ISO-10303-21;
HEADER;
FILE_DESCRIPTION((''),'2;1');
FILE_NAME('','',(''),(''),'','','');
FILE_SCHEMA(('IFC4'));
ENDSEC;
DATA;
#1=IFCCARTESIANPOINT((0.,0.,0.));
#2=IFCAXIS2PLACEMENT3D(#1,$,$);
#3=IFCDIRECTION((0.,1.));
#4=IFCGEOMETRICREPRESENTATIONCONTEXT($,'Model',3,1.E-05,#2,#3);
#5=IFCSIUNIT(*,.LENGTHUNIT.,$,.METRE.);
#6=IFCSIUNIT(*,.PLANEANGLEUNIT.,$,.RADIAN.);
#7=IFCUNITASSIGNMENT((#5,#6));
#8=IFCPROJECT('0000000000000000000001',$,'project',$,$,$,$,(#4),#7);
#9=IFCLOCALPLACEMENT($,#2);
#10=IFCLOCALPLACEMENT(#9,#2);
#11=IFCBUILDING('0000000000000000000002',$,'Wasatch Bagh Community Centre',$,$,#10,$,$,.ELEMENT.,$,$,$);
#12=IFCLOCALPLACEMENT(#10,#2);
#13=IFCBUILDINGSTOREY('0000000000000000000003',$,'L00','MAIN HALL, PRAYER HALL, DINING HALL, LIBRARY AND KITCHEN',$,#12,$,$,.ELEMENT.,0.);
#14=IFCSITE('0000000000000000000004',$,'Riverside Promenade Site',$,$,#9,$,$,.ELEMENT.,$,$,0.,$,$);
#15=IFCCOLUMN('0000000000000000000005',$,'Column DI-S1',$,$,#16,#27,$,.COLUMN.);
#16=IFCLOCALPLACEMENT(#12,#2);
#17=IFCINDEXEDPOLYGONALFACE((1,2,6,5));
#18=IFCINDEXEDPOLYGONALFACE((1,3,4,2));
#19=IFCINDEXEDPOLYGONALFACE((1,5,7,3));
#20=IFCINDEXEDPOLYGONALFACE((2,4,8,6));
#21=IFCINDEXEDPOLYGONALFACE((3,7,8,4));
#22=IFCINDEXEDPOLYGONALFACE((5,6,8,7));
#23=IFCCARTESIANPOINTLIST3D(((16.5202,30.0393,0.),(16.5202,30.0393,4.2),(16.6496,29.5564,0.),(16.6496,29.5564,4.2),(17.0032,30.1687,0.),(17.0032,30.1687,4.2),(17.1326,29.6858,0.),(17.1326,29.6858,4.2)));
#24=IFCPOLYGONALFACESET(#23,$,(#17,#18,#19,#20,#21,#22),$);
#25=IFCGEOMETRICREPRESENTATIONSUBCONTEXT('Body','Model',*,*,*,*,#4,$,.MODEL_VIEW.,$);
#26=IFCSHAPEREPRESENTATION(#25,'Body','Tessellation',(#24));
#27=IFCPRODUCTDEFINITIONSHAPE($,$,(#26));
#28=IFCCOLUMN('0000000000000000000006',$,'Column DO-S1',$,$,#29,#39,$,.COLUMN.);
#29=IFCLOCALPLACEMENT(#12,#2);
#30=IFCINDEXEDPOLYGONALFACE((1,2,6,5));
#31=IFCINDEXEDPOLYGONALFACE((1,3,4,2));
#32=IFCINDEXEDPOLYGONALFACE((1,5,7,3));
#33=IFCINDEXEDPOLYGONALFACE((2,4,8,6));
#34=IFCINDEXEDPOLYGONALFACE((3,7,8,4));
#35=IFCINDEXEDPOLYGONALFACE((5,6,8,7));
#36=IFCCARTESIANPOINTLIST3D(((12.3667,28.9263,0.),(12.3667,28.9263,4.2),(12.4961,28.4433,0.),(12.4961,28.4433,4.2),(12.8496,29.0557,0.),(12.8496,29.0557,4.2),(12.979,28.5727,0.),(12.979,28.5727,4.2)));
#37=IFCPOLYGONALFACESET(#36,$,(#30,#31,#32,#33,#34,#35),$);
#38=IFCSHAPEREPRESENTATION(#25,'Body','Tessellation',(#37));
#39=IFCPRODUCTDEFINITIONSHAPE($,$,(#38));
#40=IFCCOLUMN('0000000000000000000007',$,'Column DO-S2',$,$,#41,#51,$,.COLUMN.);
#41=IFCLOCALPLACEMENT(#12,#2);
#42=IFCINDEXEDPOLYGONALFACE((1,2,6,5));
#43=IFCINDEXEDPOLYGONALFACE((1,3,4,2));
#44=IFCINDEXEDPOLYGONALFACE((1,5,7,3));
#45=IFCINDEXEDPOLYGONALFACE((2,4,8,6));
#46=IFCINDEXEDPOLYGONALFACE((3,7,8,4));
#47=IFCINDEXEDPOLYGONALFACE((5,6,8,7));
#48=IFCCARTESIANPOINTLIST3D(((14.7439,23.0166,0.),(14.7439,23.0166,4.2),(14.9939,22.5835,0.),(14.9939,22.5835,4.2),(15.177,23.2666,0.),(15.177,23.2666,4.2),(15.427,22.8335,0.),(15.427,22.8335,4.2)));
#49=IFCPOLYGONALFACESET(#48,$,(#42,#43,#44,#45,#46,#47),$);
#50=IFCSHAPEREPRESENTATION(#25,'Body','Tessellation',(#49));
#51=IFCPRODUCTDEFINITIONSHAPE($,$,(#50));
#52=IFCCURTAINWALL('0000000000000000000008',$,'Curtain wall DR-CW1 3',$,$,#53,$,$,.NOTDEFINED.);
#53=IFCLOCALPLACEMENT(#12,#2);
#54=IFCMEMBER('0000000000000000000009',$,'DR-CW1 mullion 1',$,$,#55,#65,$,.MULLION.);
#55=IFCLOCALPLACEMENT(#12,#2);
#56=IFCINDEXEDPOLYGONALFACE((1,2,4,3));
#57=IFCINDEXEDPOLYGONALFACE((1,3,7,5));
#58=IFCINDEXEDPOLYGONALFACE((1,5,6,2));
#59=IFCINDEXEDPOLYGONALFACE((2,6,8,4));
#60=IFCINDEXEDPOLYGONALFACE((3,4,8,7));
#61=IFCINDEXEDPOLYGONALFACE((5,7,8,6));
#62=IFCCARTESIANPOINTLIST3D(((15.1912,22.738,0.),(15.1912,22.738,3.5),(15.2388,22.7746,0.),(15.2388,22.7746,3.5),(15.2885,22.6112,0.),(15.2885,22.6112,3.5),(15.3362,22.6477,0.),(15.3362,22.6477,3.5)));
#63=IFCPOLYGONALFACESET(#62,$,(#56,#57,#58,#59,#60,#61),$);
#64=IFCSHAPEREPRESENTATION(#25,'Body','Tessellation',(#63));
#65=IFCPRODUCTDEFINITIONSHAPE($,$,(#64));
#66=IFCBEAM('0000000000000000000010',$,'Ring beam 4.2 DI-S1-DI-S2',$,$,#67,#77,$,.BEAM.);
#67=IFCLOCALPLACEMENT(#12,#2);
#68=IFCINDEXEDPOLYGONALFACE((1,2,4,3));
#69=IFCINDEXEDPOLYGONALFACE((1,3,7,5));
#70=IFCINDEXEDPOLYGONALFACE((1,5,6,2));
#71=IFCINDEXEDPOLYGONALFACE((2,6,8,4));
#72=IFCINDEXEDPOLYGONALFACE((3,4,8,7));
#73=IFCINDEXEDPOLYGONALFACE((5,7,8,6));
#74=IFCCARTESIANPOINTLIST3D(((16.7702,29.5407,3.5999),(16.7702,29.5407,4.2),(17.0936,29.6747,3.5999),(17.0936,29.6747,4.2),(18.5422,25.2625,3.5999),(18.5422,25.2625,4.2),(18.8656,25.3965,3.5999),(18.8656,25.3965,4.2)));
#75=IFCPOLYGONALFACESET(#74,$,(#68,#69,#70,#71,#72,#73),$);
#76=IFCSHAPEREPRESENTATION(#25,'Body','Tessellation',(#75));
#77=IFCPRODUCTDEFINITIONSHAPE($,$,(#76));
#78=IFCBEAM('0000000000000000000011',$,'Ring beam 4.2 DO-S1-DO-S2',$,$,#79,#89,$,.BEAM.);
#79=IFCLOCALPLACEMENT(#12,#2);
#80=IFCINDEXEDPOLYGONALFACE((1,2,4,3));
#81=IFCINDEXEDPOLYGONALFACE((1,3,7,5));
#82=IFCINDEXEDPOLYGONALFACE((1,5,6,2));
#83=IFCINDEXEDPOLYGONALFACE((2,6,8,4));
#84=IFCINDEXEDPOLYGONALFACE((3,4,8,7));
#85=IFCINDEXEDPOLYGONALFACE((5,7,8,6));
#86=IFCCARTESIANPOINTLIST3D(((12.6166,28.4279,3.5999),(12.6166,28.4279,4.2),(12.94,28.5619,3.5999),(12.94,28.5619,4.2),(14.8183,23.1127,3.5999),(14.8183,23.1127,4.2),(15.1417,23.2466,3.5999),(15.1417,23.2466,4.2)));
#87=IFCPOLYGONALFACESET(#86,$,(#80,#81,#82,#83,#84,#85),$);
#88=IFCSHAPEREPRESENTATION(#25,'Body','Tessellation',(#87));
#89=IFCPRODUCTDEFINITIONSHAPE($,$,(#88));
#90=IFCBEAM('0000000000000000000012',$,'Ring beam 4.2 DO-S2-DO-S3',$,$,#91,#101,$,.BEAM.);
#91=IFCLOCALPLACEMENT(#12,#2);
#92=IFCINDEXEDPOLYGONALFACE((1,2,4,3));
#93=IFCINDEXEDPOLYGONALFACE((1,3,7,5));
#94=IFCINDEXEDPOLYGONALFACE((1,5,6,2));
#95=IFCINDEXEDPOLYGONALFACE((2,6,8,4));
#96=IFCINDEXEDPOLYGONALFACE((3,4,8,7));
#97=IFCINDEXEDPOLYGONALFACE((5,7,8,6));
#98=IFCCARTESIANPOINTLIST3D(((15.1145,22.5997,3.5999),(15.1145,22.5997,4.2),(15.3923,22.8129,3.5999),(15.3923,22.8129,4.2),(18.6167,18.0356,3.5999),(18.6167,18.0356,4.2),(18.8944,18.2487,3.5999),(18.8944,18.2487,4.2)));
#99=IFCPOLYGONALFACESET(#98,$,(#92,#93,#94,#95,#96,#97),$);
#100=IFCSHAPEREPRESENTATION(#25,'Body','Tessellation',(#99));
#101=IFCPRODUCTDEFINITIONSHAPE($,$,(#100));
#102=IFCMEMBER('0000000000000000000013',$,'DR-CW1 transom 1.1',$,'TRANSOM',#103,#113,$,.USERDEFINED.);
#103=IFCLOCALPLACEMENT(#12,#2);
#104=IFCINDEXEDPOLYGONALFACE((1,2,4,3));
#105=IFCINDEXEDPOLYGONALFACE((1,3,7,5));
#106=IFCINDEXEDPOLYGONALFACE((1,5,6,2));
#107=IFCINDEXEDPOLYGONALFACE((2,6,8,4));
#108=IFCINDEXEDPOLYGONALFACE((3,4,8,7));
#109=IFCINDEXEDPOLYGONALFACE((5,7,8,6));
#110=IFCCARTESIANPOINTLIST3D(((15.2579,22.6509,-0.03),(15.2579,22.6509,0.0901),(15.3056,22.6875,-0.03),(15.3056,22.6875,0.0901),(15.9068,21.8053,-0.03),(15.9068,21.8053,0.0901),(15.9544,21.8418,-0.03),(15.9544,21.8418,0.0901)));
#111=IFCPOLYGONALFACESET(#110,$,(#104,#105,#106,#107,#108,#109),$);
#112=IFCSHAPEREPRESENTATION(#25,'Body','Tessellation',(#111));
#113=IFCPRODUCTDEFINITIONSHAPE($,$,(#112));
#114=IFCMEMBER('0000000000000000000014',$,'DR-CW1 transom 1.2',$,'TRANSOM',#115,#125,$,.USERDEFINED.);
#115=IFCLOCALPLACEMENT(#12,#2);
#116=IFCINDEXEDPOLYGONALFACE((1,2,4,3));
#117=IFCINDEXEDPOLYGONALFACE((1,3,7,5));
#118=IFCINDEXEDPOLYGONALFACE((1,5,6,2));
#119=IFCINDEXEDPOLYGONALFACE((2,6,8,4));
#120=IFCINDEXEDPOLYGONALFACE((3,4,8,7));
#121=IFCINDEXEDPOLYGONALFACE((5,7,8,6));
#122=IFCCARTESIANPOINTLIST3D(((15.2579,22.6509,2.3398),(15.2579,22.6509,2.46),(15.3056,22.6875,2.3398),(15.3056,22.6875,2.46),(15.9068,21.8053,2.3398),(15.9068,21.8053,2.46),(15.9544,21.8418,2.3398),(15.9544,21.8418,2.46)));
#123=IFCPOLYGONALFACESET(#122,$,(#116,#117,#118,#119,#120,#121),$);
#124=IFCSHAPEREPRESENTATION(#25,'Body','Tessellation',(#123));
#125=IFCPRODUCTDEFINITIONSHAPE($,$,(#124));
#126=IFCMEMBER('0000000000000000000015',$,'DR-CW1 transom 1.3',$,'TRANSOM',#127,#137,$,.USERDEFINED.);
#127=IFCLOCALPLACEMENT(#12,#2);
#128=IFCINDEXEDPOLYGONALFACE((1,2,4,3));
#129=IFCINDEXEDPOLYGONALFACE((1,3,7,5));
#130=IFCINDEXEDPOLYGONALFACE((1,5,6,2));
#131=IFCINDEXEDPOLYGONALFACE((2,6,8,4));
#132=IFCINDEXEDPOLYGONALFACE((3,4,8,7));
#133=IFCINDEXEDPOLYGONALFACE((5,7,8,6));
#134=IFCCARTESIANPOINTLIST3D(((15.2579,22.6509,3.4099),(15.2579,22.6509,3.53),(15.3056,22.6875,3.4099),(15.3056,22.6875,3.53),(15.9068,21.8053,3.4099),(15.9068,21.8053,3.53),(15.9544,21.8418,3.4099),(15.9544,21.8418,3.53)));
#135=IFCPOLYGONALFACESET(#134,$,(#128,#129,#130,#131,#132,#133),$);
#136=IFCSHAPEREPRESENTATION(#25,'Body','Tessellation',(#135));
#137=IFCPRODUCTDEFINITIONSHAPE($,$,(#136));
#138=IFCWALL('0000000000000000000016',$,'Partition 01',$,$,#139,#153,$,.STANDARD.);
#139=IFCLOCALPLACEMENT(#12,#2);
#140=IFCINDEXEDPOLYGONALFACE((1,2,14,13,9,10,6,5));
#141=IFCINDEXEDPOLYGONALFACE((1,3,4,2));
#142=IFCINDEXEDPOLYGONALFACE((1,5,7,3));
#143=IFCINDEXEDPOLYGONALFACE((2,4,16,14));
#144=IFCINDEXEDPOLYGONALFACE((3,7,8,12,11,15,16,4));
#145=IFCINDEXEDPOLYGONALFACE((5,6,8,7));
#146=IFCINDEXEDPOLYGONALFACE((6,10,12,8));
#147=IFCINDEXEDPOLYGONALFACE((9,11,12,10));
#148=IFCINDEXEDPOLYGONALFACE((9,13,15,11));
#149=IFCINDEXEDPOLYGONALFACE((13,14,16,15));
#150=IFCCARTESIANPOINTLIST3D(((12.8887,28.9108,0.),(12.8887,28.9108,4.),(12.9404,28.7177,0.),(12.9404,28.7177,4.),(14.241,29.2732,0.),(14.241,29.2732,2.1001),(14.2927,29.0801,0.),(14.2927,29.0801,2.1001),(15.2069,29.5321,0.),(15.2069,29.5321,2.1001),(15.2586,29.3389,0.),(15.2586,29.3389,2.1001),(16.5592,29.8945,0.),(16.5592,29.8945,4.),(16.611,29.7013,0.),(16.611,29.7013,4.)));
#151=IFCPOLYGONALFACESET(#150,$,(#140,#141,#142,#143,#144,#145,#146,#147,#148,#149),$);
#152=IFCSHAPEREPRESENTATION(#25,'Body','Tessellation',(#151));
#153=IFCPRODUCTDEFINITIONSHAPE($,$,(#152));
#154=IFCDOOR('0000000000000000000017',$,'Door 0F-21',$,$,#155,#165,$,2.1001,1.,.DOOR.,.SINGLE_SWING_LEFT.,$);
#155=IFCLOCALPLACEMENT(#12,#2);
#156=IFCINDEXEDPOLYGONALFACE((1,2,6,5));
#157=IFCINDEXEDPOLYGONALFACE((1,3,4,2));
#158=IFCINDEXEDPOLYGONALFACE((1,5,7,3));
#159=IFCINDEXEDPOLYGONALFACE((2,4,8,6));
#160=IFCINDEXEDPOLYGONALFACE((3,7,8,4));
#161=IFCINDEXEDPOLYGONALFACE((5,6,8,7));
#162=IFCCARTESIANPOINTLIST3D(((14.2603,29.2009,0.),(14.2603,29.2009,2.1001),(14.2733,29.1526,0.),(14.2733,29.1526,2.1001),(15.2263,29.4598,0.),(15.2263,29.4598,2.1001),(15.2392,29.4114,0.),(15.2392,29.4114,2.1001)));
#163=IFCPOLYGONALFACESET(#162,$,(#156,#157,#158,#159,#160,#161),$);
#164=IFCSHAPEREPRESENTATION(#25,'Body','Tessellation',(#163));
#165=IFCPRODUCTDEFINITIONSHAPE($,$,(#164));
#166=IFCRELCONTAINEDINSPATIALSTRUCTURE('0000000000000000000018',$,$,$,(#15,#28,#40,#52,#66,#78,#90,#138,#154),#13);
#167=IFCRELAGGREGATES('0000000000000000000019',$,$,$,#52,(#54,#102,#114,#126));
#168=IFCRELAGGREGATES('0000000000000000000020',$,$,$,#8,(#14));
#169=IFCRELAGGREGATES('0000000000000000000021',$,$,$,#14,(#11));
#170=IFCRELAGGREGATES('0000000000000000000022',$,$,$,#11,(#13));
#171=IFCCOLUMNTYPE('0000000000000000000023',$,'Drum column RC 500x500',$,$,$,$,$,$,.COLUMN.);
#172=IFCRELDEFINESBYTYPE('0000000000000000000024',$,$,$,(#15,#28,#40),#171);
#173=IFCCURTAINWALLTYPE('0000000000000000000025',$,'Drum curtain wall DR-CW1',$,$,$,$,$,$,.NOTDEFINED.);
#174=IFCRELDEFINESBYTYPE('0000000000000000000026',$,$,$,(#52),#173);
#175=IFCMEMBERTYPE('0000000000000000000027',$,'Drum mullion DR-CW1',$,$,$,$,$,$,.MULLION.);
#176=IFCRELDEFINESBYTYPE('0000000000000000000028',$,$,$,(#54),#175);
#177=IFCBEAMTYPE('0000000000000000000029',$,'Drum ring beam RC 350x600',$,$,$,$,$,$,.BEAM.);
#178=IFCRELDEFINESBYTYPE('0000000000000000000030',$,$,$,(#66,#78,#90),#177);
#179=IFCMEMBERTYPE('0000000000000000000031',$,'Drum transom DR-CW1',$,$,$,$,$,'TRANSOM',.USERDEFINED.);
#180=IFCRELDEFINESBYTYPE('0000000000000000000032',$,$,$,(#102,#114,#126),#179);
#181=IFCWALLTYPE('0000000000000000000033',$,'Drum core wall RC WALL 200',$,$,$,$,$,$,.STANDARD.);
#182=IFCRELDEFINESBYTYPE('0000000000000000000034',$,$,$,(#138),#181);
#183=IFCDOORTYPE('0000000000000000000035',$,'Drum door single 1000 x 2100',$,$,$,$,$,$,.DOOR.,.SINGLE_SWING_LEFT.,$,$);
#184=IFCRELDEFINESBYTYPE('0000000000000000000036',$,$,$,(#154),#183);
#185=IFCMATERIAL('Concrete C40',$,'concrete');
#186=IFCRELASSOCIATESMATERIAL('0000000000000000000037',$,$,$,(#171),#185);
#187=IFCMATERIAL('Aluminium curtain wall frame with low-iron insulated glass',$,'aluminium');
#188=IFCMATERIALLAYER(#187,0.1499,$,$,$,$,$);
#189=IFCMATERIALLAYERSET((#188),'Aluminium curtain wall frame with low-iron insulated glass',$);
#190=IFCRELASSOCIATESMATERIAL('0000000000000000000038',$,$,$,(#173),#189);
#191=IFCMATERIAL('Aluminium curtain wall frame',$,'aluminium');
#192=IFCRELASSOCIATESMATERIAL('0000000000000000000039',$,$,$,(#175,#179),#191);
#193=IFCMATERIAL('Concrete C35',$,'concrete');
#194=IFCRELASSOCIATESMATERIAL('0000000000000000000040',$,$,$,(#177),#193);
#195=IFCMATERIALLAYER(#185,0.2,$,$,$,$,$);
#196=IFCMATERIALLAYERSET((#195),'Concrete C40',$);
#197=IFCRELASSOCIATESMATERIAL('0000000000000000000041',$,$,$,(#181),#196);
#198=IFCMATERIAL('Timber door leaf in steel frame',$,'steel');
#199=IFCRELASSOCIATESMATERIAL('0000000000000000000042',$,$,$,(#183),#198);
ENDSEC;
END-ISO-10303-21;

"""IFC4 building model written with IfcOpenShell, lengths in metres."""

from ifc_helpers import new_model, si_unit, direction, frame, frame_2d, origin, origin_2d, place, context, subcontext, project, spatial, rectangle, extrude, material, layer, layer_set, material_profile, profile_set, type_object, element, fill, aggregate, save


model = new_model("IFC4")

# Units and contexts
model_context = context("Model", 3, precision=1e-05, world=origin(), true_north=direction((0.0, 1.0)))
body_context = subcontext(model_context, "Body", "Model", "MODEL_VIEW")
ifc_project = project(units=[si_unit("LENGTHUNIT", "METRE"), si_unit("PLANEANGLEUNIT", "RADIAN")], contexts=[model_context])

# Site, building, storey
site_placement = place(None, origin())
site = spatial("IfcSite", under=ifc_project, at=site_placement, Name="Riverside Promenade Site", CompositionType="ELEMENT", RefElevation=0.0)
building_placement = place(site_placement, origin())
building = spatial("IfcBuilding", under=site, at=building_placement, Name="Wasatch Bagh Community Centre", CompositionType="ELEMENT")
storey_placement = place(building_placement, origin())
storey = spatial("IfcBuildingStorey", under=building, at=storey_placement, Name="L00", Description="MAIN HALL, PRAYER HALL, DINING HALL, LIBRARY AND KITCHEN", CompositionType="ELEMENT", Elevation=0.0)

# Shared definitions
ifc_material_1 = material(Name="Concrete C35", Category="concrete")

# Columns
ifc_material_2 = material(Name="Concrete C40", Category="concrete")
ifc_material_profile_1 = material_profile(ifc_material_2, rectangle(XDim=0.5, YDim=0.5, at=origin_2d()), Name="RC 500x500")
ifc_profile_set_1 = profile_set([ifc_material_profile_1], Name="Concrete C40")
column_type = type_object("IfcColumnType", Name="Drum column RC 500x500", PredefinedType="COLUMN", material=ifc_profile_set_1)
for number, where, z_axis, x_axis, name in (
    (1, (16.8264, 29.8625, 0.0), (0.0, 0.0, 1.0), (0.965926, 0.258819, 0.0), "Column DI-S1"),
    (2, (12.6729, 28.7495, 0.0), (0.0, 0.0, 1.0), (0.965926, 0.258819, 0.0), "Column DO-S1"),
    (3, (15.0854, 22.925, 0.0), (0.0, 0.0, 1.0), (0.866025, 0.5, 0.0), "Column DO-S2"),
):
    element("IfcColumn", number, at=place(storey_placement, frame(where, z_axis=z_axis, x_axis=x_axis)), inside=storey, type_object=column_type, Name=name, PredefinedType="COLUMN", context=body_context, shape_type="SweptSolid", body=[
        extrude(rectangle(XDim=0.5, YDim=0.5, at=origin_2d()), origin(), (0.0, 0.0, 1.0), 4.2),
    ])

# Curtain wall, member
ifc_material_3 = material(Name="Aluminium curtain wall frame with low-iron insulated glass", Category="aluminium")
ifc_layer_1 = layer(ifc_material_3, 0.1499)
ifc_layer_set_1 = layer_set([ifc_layer_1], Name="Aluminium curtain wall frame with low-iron insulated glass")
curtain_wall_type = type_object("IfcCurtainWallType", Name="Drum curtain wall DR-CW1", PredefinedType="NOTDEFINED", material=ifc_layer_set_1)
curtain_wall_placement = place(storey_placement, origin())
curtain_wall = element("IfcCurtainWall", 4, at=curtain_wall_placement, inside=storey, type_object=curtain_wall_type, Name="Curtain wall DR-CW1 3", PredefinedType="NOTDEFINED")
ifc_material_4 = material(Name="Aluminium curtain wall frame", Category="aluminium")
ifc_material_profile_2 = material_profile(ifc_material_4, rectangle(XDim=0.0601, YDim=0.1599, at=origin_2d()), Name="Drum mullion DR-CW1")
ifc_profile_set_2 = profile_set([ifc_material_profile_2], Name="Aluminium curtain wall frame")
member_type_1 = type_object("IfcMemberType", Name="Drum mullion DR-CW1", PredefinedType="MULLION", material=ifc_profile_set_2)
member_1_placement = place(storey_placement, frame((15.2637, 22.6929, 0.0), z_axis=(0.0, 0.0, 1.0), x_axis=(0.793353, 0.608761, 0.0)))
member_1 = element("IfcMember", 5, at=member_1_placement, type_object=member_type_1, Name="DR-CW1 mullion 1", PredefinedType="MULLION", context=body_context, shape_type="SweptSolid", body=[
    extrude(rectangle(XDim=0.0601, YDim=0.1599, at=origin_2d()), origin(), (0.0, 0.0, 1.0), 3.5),
])

# Beams
ifc_material_profile_3 = material_profile(ifc_material_1, rectangle(XDim=0.3501, YDim=0.6001, at=origin_2d()), Name="RC 350x600")
ifc_profile_set_3 = profile_set([ifc_material_profile_3], Name="Concrete C35")
beam_type = type_object("IfcBeamType", Name="Drum ring beam RC 350x600", PredefinedType="BEAM", material=ifc_profile_set_3)
beam_1_placement = place(storey_placement, frame((16.9319, 29.6077, 3.8999), z_axis=(0.382672, -0.923884, 0.0), x_axis=(0.923884, 0.382672, 0.0)))
element("IfcBeam", 6, at=beam_1_placement, inside=storey, type_object=beam_type, Name="Ring beam 4.2 DI-S1-DI-S2", PredefinedType="BEAM", context=body_context, shape_type="SweptSolid", body=[
    extrude(rectangle(XDim=0.3501, YDim=0.6001, at=origin_2d()), origin(), (0.0, 0.0, 1.0), 4.6306),
])
beam_2_placement = place(storey_placement, frame((12.7783, 28.4949, 3.8999), z_axis=(0.382689, -0.923877, 0.0), x_axis=(0.923877, 0.382689, 0.0)))
element("IfcBeam", 7, at=beam_2_placement, inside=storey, type_object=beam_type, Name="Ring beam 4.2 DO-S1-DO-S2", PredefinedType="BEAM", context=body_context, shape_type="SweptSolid", body=[
    extrude(rectangle(XDim=0.3501, YDim=0.6001, at=origin_2d()), origin(), (0.0, 0.0, 1.0), 5.7532),
])
beam_3_placement = place(storey_placement, frame((15.2534, 22.7063, 3.8999), z_axis=(0.608757, -0.793357, 0.0), x_axis=(0.793357, 0.608757, 0.0)))
element("IfcBeam", 8, at=beam_3_placement, inside=storey, type_object=beam_type, Name="Ring beam 4.2 DO-S2-DO-S3", PredefinedType="BEAM", context=body_context, shape_type="SweptSolid", body=[
    extrude(rectangle(XDim=0.3501, YDim=0.6001, at=origin_2d()), origin(), (0.0, 0.0, 1.0), 5.7529),
])

# Members
ifc_material_profile_4 = material_profile(ifc_material_4, rectangle(XDim=0.0601, YDim=0.1201, at=origin_2d()), Name="Drum transom DR-CW1")
ifc_profile_set_4 = profile_set([ifc_material_profile_4], Name="Aluminium curtain wall frame")
member_type_2 = type_object("IfcMemberType", Name="Drum transom DR-CW1", ElementType="TRANSOM", PredefinedType="USERDEFINED", material=ifc_profile_set_4)
member_2_placement = place(storey_placement, frame((15.2817, 22.6692, 0.03), z_axis=(0.608758, -0.793356, 0.0), x_axis=(0.793356, 0.608758, 0.0)))
member_2 = element("IfcMember", 9, at=member_2_placement, type_object=member_type_2, Name="DR-CW1 transom 1.1", ObjectType="TRANSOM", PredefinedType="USERDEFINED", context=body_context, shape_type="SweptSolid", body=[
    extrude(rectangle(XDim=0.0601, YDim=0.1201, at=origin_2d()), origin(), (0.0, 0.0, 1.0), 1.0659),
])
member_3_placement = place(storey_placement, frame((15.2817, 22.6692, 2.3999), z_axis=(0.608758, -0.793356, 0.0), x_axis=(0.793356, 0.608758, 0.0)))
member_3 = element("IfcMember", 10, at=member_3_placement, type_object=member_type_2, Name="DR-CW1 transom 1.2", ObjectType="TRANSOM", PredefinedType="USERDEFINED", context=body_context, shape_type="SweptSolid", body=[
    extrude(rectangle(XDim=0.0601, YDim=0.1201, at=origin_2d()), origin(), (0.0, 0.0, 1.0), 1.0659),
])
member_4_placement = place(storey_placement, frame((15.2817, 22.6692, 3.47), z_axis=(0.608758, -0.793356, 0.0), x_axis=(0.793356, 0.608758, 0.0)))
member_4 = element("IfcMember", 11, at=member_4_placement, type_object=member_type_2, Name="DR-CW1 transom 1.3", ObjectType="TRANSOM", PredefinedType="USERDEFINED", context=body_context, shape_type="SweptSolid", body=[
    extrude(rectangle(XDim=0.0601, YDim=0.1201, at=origin_2d()), origin(), (0.0, 0.0, 1.0), 1.0659),
])
aggregate(curtain_wall, [member_1, member_2, member_3, member_4])

# Wall, opening, door
ifc_layer_2 = layer(ifc_material_2, 0.2)
ifc_layer_set_2 = layer_set([ifc_layer_2], Name="Concrete C40")
wall_type_1 = type_object("IfcWallType", Name="Drum core wall RC WALL 200", PredefinedType="STANDARD", material=ifc_layer_set_2)
wall_1_placement = place(storey_placement, frame((16.585, 29.7979, 0.0), z_axis=(0.0, 0.0, 1.0), x_axis=(-0.96592, -0.258842, 0.0)))
wall_1 = element("IfcWall", 12, at=wall_1_placement, inside=storey, type_object=wall_type_1, Name="Partition 01", PredefinedType="STANDARD", context=body_context, shape_type="SweptSolid", body=[
    extrude(rectangle(XDim=3.8, YDim=0.2, at=frame_2d((1.8999, 0.0))), origin(), (0.0, 0.0, 1.0), 4.0),
])
opening_1_placement = place(wall_1_placement, frame((1.3999, 0.0, 0.0)))
opening_1 = element("IfcOpeningElement", 13, at=opening_1_placement, cuts=wall_1, PredefinedType="OPENING", context=body_context, shape_type="SweptSolid", body=[
    extrude(rectangle(XDim=1.0, YDim=2.1001, at=frame_2d((0.5, 1.05))), frame((0.0, 0.1099, 0.0), z_axis=(0.0, -1.0, 0.0), x_axis=(1.0, 0.0, 0.0)), (0.0, 0.0, 1.0), 0.22),
])
ifc_material_5 = material(Name="Timber door leaf in steel frame", Category="steel")
door_type_1 = type_object("IfcDoorType", Name="Drum door single 1000 x 2100", OperationType="SINGLE_SWING_LEFT", PredefinedType="DOOR", material=ifc_material_5)
door_1_placement = place(opening_1_placement, origin())
door_1 = element("IfcDoor", 14, at=door_1_placement, inside=storey, type_object=door_type_1, Name="Door 0F-21", OperationType="SINGLE_SWING_LEFT", OverallHeight=2.1001, OverallWidth=1.0, PredefinedType="DOOR", context=body_context, shape_type="SweptSolid", body=[
    extrude(rectangle(XDim=1.0, YDim=2.1001, at=frame_2d((0.5, 1.05))), frame((0.0, 0.0249, 0.0), z_axis=(0.0, -1.0, 0.0), x_axis=(1.0, 0.0, 0.0)), (0.0, 0.0, 1.0), 0.05),
])
fill(opening_1, door_1)

save(model, "model.ifc")
